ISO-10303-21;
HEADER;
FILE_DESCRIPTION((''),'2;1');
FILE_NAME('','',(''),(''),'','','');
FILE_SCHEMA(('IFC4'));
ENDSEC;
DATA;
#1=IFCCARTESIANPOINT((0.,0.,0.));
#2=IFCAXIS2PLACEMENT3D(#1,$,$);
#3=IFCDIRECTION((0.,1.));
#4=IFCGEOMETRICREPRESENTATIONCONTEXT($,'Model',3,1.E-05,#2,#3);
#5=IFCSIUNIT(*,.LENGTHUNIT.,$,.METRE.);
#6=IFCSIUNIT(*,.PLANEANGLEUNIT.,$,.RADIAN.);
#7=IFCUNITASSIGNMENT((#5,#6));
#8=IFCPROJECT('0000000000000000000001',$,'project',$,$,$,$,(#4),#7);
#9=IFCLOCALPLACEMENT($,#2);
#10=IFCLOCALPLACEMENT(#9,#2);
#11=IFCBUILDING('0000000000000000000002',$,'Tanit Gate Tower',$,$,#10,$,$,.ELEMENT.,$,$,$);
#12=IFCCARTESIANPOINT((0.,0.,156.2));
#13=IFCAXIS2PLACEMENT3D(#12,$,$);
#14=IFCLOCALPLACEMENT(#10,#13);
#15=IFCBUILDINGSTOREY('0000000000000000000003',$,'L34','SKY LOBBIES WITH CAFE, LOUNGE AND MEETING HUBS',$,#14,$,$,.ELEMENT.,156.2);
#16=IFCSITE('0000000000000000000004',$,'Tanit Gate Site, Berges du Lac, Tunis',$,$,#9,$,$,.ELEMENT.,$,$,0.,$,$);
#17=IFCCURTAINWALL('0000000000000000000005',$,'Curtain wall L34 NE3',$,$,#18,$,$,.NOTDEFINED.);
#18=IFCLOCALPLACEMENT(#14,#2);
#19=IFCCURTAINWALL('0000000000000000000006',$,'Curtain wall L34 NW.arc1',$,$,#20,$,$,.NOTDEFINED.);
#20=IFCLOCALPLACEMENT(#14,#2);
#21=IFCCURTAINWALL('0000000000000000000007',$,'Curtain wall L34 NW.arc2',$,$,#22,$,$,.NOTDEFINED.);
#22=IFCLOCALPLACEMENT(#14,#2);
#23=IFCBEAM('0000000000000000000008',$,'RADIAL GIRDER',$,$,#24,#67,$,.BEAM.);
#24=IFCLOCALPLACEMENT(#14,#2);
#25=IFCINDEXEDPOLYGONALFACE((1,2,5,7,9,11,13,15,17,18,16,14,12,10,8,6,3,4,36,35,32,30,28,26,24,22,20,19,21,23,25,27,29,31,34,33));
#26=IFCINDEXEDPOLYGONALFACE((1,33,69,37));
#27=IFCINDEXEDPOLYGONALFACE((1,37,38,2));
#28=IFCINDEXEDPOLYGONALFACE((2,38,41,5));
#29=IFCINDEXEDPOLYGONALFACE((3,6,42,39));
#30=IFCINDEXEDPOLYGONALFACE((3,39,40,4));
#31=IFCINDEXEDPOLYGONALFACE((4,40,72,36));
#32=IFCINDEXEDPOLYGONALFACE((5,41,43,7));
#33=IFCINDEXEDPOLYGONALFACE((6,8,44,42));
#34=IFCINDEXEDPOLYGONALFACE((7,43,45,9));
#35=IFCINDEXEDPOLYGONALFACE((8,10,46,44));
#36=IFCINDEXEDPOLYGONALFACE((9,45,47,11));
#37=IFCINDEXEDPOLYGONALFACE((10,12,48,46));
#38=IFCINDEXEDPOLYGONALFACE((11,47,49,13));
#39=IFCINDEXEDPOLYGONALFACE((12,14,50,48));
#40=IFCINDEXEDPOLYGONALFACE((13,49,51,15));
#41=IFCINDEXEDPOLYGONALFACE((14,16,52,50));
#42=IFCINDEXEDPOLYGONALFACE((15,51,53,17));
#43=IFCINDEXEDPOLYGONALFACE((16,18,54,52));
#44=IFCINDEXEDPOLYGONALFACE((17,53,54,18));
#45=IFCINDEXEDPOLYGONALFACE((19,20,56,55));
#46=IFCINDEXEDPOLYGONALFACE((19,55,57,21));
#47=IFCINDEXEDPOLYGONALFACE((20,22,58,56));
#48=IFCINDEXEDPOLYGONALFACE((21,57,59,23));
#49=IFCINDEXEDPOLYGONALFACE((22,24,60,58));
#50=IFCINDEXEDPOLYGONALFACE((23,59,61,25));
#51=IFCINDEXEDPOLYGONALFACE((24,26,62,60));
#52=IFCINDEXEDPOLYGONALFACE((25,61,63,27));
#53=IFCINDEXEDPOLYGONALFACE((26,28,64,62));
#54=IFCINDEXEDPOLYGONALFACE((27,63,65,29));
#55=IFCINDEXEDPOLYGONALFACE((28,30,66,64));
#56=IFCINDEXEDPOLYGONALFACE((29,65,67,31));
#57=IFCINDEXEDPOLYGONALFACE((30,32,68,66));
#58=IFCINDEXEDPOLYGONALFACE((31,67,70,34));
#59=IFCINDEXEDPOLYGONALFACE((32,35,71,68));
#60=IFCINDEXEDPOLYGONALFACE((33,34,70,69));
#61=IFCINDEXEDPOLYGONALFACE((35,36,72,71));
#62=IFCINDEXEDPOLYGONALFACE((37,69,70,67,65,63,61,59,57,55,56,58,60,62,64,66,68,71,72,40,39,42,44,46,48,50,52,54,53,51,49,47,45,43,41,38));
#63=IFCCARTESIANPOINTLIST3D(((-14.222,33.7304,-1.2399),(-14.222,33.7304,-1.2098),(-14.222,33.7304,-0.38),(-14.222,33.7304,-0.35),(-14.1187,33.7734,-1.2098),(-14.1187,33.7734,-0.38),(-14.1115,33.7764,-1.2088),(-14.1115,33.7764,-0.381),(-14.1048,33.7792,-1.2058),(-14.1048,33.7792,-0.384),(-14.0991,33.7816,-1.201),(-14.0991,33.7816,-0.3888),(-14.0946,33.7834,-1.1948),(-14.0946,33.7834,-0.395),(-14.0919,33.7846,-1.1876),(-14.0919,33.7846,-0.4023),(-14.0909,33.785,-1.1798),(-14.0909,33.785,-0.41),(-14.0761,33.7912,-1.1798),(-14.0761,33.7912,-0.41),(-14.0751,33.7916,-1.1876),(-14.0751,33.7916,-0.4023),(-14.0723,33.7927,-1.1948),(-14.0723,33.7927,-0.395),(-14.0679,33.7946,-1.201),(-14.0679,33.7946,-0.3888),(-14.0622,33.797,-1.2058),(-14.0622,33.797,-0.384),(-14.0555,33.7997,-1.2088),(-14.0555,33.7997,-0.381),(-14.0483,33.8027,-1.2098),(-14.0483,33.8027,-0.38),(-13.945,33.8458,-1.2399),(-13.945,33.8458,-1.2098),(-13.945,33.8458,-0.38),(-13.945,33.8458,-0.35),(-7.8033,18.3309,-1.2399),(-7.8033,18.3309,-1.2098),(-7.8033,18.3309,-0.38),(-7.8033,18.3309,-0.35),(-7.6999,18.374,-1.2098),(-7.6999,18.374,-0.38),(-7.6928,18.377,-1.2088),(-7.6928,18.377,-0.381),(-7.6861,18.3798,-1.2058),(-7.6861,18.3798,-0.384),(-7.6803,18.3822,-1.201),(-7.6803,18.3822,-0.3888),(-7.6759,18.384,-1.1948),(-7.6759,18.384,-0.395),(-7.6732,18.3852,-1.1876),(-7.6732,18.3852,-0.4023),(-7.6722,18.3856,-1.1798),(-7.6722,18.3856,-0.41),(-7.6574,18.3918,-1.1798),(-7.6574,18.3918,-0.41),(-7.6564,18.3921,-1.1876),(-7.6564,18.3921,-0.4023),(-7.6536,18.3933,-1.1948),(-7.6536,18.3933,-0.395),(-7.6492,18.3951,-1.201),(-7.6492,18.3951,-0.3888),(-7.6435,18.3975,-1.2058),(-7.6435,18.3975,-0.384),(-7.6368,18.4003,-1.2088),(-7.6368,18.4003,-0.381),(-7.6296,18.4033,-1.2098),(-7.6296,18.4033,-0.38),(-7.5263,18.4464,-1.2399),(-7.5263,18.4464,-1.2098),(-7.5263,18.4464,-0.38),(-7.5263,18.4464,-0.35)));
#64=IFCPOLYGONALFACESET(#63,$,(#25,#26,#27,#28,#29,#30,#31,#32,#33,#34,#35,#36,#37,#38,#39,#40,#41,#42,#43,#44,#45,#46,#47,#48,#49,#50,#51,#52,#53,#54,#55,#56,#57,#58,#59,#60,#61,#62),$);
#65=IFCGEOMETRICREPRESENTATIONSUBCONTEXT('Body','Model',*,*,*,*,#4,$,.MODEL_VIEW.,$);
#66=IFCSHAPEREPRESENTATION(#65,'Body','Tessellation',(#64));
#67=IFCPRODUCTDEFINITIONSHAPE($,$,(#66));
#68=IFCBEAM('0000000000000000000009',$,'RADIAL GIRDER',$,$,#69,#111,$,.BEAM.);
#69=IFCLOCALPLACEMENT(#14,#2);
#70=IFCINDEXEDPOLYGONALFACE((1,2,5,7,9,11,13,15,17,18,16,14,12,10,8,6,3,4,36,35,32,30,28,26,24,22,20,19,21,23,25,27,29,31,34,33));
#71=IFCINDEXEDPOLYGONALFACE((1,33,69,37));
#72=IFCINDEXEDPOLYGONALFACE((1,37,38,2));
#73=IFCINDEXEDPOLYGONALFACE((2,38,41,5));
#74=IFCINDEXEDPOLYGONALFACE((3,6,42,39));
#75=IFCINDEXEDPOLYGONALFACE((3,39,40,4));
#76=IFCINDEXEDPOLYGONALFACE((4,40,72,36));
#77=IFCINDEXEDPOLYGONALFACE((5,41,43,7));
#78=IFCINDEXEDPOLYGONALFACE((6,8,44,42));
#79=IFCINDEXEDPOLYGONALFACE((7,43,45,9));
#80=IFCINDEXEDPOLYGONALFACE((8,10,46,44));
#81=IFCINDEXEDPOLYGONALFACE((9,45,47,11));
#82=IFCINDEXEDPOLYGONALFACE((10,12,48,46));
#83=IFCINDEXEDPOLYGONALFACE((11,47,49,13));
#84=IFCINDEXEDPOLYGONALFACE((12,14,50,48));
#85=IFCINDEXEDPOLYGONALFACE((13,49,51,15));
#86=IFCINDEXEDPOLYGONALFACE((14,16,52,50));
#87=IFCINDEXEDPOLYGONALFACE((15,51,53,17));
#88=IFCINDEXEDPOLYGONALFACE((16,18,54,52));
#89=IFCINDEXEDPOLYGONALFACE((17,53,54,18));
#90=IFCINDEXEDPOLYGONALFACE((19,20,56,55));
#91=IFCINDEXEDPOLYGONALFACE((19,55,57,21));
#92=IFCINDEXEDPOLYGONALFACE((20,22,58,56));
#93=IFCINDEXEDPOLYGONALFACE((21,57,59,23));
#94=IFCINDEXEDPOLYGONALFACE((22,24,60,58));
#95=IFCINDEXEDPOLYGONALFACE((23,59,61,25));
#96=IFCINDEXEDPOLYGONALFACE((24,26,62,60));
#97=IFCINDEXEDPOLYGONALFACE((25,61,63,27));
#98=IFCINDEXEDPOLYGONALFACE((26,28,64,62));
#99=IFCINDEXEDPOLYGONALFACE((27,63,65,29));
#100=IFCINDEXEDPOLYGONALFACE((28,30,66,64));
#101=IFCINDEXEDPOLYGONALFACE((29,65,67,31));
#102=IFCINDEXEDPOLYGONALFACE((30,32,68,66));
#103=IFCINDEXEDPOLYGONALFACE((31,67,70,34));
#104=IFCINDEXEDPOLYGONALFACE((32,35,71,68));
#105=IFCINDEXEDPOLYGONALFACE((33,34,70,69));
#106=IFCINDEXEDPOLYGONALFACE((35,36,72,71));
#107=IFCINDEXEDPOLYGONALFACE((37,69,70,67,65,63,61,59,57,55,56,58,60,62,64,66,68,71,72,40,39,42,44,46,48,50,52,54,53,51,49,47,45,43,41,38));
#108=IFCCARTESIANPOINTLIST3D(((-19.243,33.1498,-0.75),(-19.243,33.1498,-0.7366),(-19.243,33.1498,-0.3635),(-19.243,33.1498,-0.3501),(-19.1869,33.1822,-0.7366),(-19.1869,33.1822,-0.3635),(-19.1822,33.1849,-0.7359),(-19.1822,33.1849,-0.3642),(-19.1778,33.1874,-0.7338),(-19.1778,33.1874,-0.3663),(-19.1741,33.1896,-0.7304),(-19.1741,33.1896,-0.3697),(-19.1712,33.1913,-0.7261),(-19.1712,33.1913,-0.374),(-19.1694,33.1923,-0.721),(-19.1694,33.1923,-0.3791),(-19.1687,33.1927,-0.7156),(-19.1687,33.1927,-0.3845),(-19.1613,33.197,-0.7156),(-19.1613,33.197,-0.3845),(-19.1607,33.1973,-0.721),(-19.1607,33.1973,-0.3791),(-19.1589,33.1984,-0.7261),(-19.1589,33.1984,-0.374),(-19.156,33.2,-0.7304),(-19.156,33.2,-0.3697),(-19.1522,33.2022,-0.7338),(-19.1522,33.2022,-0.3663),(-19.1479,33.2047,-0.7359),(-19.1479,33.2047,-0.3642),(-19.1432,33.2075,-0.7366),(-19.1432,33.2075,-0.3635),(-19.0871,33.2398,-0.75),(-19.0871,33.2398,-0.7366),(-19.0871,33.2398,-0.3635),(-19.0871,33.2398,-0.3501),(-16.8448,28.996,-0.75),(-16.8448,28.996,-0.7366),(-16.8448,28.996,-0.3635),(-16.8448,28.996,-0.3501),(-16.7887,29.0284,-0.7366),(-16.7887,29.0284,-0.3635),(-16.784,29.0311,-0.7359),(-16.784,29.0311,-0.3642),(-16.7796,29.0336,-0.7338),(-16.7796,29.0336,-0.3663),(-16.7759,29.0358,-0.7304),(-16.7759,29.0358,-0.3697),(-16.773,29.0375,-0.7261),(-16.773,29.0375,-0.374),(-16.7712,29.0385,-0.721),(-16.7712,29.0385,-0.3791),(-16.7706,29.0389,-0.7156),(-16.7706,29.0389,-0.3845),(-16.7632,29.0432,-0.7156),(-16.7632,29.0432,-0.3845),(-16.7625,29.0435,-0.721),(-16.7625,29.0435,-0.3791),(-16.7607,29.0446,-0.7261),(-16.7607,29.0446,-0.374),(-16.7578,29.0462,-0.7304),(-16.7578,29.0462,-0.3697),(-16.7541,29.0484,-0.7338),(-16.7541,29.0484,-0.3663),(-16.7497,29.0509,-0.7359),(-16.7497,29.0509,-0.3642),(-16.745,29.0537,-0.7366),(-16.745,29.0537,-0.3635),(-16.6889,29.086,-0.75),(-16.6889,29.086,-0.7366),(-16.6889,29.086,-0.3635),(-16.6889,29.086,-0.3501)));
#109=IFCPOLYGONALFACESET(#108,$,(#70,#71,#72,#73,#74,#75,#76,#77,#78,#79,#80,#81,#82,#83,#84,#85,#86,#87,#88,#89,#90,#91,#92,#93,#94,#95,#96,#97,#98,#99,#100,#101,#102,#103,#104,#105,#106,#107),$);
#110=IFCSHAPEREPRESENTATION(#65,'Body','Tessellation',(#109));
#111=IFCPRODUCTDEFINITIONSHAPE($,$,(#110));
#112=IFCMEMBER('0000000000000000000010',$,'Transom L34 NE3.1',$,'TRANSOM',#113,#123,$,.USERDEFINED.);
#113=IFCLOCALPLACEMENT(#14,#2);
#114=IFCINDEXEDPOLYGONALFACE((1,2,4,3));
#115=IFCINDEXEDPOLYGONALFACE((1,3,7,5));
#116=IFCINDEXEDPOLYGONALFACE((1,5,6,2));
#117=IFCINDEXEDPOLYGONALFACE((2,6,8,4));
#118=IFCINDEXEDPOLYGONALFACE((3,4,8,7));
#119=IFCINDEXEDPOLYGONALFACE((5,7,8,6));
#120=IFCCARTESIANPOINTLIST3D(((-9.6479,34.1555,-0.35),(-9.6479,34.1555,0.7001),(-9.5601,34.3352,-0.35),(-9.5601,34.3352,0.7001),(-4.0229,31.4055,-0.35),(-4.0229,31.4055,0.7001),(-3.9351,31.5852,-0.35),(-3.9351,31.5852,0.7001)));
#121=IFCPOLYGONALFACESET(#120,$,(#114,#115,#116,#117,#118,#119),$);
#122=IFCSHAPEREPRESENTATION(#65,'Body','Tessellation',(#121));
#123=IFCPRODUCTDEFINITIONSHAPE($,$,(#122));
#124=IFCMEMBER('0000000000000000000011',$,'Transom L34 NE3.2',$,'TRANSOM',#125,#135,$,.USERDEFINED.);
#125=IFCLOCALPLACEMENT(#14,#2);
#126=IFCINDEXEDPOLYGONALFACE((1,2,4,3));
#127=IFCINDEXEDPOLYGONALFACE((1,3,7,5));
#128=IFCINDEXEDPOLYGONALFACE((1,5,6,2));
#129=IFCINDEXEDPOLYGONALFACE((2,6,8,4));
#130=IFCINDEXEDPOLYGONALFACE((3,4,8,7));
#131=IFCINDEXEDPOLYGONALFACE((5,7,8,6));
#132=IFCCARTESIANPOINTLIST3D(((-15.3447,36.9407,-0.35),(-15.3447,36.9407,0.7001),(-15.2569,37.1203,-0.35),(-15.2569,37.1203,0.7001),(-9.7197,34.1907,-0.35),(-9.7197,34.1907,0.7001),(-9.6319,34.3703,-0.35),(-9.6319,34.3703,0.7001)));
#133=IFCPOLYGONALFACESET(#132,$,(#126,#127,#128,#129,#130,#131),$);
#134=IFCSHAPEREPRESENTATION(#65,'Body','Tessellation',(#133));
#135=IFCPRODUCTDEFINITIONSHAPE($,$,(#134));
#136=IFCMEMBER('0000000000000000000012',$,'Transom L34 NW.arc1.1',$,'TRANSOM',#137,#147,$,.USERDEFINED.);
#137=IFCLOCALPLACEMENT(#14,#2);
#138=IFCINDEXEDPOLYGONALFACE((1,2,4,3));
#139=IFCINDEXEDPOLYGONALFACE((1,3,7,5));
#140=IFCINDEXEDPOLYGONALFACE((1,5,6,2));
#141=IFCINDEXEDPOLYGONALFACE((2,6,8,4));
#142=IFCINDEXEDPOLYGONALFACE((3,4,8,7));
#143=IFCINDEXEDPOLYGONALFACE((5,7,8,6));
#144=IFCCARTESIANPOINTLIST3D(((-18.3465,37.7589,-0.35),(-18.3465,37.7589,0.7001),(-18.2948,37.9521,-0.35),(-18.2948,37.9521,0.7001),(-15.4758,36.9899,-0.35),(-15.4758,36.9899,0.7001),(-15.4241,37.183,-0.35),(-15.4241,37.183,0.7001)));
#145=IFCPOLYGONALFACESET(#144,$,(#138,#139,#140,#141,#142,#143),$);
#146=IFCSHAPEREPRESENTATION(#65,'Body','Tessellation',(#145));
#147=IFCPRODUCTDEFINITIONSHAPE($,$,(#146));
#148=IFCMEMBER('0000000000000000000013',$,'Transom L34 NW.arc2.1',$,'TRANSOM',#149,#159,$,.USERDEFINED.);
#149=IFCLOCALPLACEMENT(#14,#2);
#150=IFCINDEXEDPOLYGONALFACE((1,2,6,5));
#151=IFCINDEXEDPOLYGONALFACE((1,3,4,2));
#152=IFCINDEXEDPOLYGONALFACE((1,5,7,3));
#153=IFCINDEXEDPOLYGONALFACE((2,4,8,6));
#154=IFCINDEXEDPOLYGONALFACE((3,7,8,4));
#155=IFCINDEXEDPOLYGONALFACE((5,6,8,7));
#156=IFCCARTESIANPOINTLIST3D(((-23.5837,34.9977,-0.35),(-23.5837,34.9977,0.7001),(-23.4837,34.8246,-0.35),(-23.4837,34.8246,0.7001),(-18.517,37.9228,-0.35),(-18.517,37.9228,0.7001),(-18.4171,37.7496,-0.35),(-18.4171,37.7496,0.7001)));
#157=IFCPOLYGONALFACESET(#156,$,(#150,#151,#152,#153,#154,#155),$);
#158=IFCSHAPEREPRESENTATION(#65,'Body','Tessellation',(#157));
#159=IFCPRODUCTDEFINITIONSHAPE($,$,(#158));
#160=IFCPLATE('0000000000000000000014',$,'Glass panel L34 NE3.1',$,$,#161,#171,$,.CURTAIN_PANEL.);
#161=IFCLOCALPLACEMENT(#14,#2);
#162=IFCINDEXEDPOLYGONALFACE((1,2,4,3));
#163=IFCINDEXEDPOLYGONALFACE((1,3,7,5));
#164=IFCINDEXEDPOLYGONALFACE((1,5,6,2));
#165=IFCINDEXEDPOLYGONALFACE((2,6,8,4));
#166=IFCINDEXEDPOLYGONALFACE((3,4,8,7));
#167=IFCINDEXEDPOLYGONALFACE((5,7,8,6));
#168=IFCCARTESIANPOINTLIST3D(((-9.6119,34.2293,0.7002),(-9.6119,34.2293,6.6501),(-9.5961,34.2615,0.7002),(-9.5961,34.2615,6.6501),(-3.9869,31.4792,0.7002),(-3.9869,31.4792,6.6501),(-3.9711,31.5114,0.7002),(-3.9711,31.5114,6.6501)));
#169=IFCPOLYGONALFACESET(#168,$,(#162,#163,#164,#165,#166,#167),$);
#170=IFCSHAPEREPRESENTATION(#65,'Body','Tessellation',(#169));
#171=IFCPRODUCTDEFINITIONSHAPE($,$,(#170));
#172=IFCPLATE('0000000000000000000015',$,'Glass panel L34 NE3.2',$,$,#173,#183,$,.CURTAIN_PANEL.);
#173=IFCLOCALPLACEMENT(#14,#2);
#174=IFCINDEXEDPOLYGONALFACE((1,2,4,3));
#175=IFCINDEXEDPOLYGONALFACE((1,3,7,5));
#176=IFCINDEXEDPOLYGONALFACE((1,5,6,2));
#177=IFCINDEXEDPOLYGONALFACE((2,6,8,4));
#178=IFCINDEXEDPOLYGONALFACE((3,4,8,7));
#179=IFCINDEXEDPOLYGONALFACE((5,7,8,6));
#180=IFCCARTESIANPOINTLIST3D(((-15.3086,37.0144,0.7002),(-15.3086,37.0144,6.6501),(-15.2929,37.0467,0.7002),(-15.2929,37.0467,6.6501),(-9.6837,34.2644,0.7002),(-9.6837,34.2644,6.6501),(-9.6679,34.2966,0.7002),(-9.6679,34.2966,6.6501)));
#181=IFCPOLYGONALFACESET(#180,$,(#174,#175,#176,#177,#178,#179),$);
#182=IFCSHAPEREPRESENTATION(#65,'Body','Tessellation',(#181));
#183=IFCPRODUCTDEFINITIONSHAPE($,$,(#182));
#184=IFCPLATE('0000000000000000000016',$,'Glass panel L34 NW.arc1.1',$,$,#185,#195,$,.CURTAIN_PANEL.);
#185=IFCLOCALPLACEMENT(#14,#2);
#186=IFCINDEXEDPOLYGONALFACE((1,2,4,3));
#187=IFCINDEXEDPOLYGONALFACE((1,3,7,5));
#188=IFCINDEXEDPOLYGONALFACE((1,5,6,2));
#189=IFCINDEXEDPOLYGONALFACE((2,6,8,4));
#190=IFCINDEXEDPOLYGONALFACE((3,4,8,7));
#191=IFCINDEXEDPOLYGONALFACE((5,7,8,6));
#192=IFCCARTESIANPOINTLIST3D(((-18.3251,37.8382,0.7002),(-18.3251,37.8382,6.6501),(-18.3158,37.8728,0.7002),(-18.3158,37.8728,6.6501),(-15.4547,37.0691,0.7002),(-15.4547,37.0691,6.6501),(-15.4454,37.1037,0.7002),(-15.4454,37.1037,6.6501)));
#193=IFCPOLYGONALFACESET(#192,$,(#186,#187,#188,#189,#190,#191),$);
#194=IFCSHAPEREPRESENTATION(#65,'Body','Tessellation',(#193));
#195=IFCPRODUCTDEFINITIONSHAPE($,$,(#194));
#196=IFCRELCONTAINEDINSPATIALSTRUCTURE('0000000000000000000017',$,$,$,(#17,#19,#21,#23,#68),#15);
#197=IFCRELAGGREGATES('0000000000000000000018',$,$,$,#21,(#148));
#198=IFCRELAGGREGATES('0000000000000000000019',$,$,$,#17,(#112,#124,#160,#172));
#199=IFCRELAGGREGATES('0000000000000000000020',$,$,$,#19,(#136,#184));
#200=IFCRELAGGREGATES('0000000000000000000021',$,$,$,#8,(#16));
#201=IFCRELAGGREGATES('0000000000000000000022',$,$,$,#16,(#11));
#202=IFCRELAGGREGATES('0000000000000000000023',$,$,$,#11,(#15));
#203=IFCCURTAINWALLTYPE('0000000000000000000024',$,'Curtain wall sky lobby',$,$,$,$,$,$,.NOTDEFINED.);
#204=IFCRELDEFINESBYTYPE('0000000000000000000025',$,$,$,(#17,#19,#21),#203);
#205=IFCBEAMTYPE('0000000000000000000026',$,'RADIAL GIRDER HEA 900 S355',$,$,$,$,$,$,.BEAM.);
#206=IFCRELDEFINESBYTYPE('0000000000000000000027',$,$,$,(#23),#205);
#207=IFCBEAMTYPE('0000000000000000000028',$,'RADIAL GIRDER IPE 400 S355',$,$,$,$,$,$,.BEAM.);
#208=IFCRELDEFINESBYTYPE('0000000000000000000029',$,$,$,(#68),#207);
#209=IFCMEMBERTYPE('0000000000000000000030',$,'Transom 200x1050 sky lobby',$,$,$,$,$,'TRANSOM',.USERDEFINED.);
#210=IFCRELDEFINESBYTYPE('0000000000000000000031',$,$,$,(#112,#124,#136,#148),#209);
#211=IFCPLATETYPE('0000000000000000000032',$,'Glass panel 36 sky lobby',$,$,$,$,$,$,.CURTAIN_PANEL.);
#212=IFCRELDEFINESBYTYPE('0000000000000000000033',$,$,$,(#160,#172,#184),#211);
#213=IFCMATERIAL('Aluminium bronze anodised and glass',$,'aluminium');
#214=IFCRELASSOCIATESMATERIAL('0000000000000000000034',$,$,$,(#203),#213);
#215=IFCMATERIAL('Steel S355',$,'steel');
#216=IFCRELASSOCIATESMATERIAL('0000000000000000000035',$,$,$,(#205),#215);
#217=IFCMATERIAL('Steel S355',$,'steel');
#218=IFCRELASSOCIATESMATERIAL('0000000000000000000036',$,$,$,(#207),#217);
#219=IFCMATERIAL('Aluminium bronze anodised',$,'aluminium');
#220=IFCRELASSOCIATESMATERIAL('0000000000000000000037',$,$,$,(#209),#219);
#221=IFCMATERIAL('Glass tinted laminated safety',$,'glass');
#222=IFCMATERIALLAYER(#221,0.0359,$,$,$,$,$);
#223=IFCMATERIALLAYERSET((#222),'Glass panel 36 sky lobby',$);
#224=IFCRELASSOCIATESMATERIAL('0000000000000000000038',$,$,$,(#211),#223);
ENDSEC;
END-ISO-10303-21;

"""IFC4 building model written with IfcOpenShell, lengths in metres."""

from ifc_helpers import new_model, si_unit, direction, frame, origin, origin_2d, place, context, subcontext, project, spatial, rectangle, i_section, extrude, material, layer, layer_set, material_profile, profile_set, type_object, element, aggregate, save


model = new_model("IFC4")

# Units and contexts
model_context = context("Model", 3, precision=1e-05, world=origin(), true_north=direction((0.0, 1.0)))
body_context = subcontext(model_context, "Body", "Model", "MODEL_VIEW")
ifc_project = project(units=[si_unit("LENGTHUNIT", "METRE"), si_unit("PLANEANGLEUNIT", "RADIAN")], contexts=[model_context])

# Site, building, storey
site_placement = place(None, origin())
site = spatial("IfcSite", under=ifc_project, at=site_placement, Name="Tanit Gate Site, Berges du Lac, Tunis", CompositionType="ELEMENT", RefElevation=0.0)
building_placement = place(site_placement, origin())
building = spatial("IfcBuilding", under=site, at=building_placement, Name="Tanit Gate Tower", CompositionType="ELEMENT")
storey_placement = place(building_placement, frame((0.0, 0.0, 156.2)))
storey = spatial("IfcBuildingStorey", under=building, at=storey_placement, Name="L34", Description="SKY LOBBIES WITH CAFE, LOUNGE AND MEETING HUBS", CompositionType="ELEMENT", Elevation=156.2)

# Shared definitions
ifc_material_1 = material(Name="Aluminium bronze anodised and glass", Category="aluminium")
curtain_wall_type = type_object("IfcCurtainWallType", Name="Curtain wall sky lobby", PredefinedType="NOTDEFINED", material=ifc_material_1)

# Curtain walls
curtain_wall_1_placement = place(storey_placement, origin())
curtain_wall_1 = element("IfcCurtainWall", 1, at=curtain_wall_1_placement, inside=storey, type_object=curtain_wall_type, Name="Curtain wall L34 NE3", PredefinedType="NOTDEFINED")
curtain_wall_2_placement = place(storey_placement, origin())
curtain_wall_2 = element("IfcCurtainWall", 2, at=curtain_wall_2_placement, inside=storey, type_object=curtain_wall_type, Name="Curtain wall L34 NW.arc1", PredefinedType="NOTDEFINED")

# Curtain wall
curtain_wall_3_placement = place(storey_placement, origin())
curtain_wall_3 = element("IfcCurtainWall", 3, at=curtain_wall_3_placement, inside=storey, type_object=curtain_wall_type, Name="Curtain wall L34 NW.arc2", PredefinedType="NOTDEFINED")

# Beams
ifc_material_2 = material(Name="Steel S355", Category="steel")
ifc_material_profile_1 = material_profile(ifc_material_2, i_section(OverallWidth=0.3, OverallDepth=0.8899, WebThickness=0.0161, FlangeThickness=0.03, FilletRadius=0.03, at=origin_2d()), Name="HEA 900")
ifc_profile_set_1 = profile_set([ifc_material_profile_1], Name="Steel S355")
beam_type_1 = type_object("IfcBeamType", Name="RADIAL GIRDER HEA 900 S355", PredefinedType="BEAM", material=ifc_profile_set_1)
beam_1_placement = place(storey_placement, frame((-14.0835, 33.7881, -0.7949), z_axis=(0.384732, -0.923028, 0.0), x_axis=(0.923028, 0.384732, 0.0)))
element("IfcBeam", 4, at=beam_1_placement, inside=storey, type_object=beam_type_1, Name="RADIAL GIRDER", PredefinedType="BEAM", context=body_context, shape_type="SweptSolid", body=[
    extrude(i_section(OverallWidth=0.3, OverallDepth=0.8899, WebThickness=0.0161, FlangeThickness=0.03, FilletRadius=0.03, at=origin_2d()), origin(), (0.0, 0.0, 1.0), 16.6836),
])
ifc_material_3 = material(Name="Steel S355", Category="steel")
ifc_material_profile_2 = material_profile(ifc_material_3, i_section(OverallWidth=0.1799, OverallDepth=0.3999, WebThickness=0.0085, FlangeThickness=0.0134, FilletRadius=0.021, at=origin_2d()), Name="IPE 400")
ifc_profile_set_2 = profile_set([ifc_material_profile_2], Name="Steel S355")
beam_type_2 = type_object("IfcBeamType", Name="RADIAL GIRDER IPE 400 S355", PredefinedType="BEAM", material=ifc_profile_set_2)
beam_2_placement = place(storey_placement, frame((-19.165, 33.1948, -0.55), z_axis=(0.499999, -0.866026, 0.0), x_axis=(0.866026, 0.499999, 0.0)))
element("IfcBeam", 5, at=beam_2_placement, inside=storey, type_object=beam_type_2, Name="RADIAL GIRDER", PredefinedType="BEAM", context=body_context, shape_type="SweptSolid", body=[
    extrude(i_section(OverallWidth=0.1799, OverallDepth=0.3999, WebThickness=0.0085, FlangeThickness=0.0134, FilletRadius=0.021, at=origin_2d()), origin(), (0.0, 0.0, 1.0), 4.7964),
])

# Members
ifc_material_4 = material(Name="Aluminium bronze anodised", Category="aluminium")
ifc_material_profile_3 = material_profile(ifc_material_4, rectangle(XDim=0.2, YDim=1.05, at=origin_2d()), Name="200x1050 bronze transom")
ifc_profile_set_3 = profile_set([ifc_material_profile_3], Name="Aluminium bronze anodised")
member_type_1 = type_object("IfcMemberType", Name="Transom 200x1050 sky lobby", ElementType="TRANSOM", PredefinedType="USERDEFINED", material=ifc_profile_set_3)
member_1_placement = place(storey_placement, frame((-3.979, 31.4954, 0.175), z_axis=(-0.898384, 0.43921, 0.0), x_axis=(-0.43921, -0.898384, 0.0)))
member_1 = element("IfcMember", 6, at=member_1_placement, type_object=member_type_1, Name="Transom L34 NE3.1", ObjectType="TRANSOM", PredefinedType="USERDEFINED", context=body_context, shape_type="SweptSolid", body=[
    extrude(rectangle(XDim=0.2, YDim=1.05, at=origin_2d()), origin(), (0.0, 0.0, 1.0), 6.2612),
])
member_2_placement = place(storey_placement, frame((-9.6758, 34.2805, 0.175), z_axis=(-0.898384, 0.43921, 0.0), x_axis=(-0.43921, -0.898384, 0.0)))
member_2 = element("IfcMember", 7, at=member_2_placement, type_object=member_type_1, Name="Transom L34 NE3.2", ObjectType="TRANSOM", PredefinedType="USERDEFINED", context=body_context, shape_type="SweptSolid", body=[
    extrude(rectangle(XDim=0.2, YDim=1.05, at=origin_2d()), origin(), (0.0, 0.0, 1.0), 6.2612),
])
member_3_placement = place(storey_placement, frame((-15.45, 37.0864, 0.175), z_axis=(-0.965937, 0.258777, 0.0), x_axis=(-0.258777, -0.965937, 0.0)))
member_3 = element("IfcMember", 8, at=member_3_placement, type_object=member_type_1, Name="Transom L34 NW.arc1.1", ObjectType="TRANSOM", PredefinedType="USERDEFINED", context=body_context, shape_type="SweptSolid", body=[
    extrude(rectangle(XDim=0.2, YDim=1.05, at=origin_2d()), origin(), (0.0, 0.0, 1.0), 2.9719),
])
member_4_placement = place(storey_placement, frame((-18.467, 37.8362, 0.175), z_axis=(-0.866039, -0.499977, 0.0), x_axis=(0.499977, -0.866039, 0.0)))
member_4 = element("IfcMember", 9, at=member_4_placement, type_object=member_type_1, Name="Transom L34 NW.arc2.1", ObjectType="TRANSOM", PredefinedType="USERDEFINED", context=body_context, shape_type="SweptSolid", body=[
    extrude(rectangle(XDim=0.2, YDim=1.05, at=origin_2d()), origin(), (0.0, 0.0, 1.0), 5.8503),
])
aggregate(curtain_wall_3, [member_4])

# Plates
ifc_material_5 = material(Name="Glass tinted laminated safety", Category="glass")
ifc_layer_1 = layer(ifc_material_5, 0.0359)
ifc_layer_set_1 = layer_set([ifc_layer_1], Name="Glass panel 36 sky lobby")
plate_type = type_object("IfcPlateType", Name="Glass panel 36 sky lobby", PredefinedType="CURTAIN_PANEL", material=ifc_layer_set_1)
plate_1_placement = place(storey_placement, frame((-6.7915, 32.8704, 0.7002), z_axis=(0.0, 0.0, 1.0), x_axis=(-0.898379, 0.439222, 0.0)))
plate_1 = element("IfcPlate", 10, at=plate_1_placement, type_object=plate_type, Name="Glass panel L34 NE3.1", PredefinedType="CURTAIN_PANEL", context=body_context, shape_type="SweptSolid", body=[
    extrude(rectangle(XDim=6.2612, YDim=0.0359, at=origin_2d()), origin(), (0.0, 0.0, 1.0), 5.95),
])
plate_2_placement = place(storey_placement, frame((-12.4883, 35.6555, 0.7002), z_axis=(0.0, 0.0, 1.0), x_axis=(-0.898379, 0.439222, 0.0)))
plate_2 = element("IfcPlate", 11, at=plate_2_placement, type_object=plate_type, Name="Glass panel L34 NE3.2", PredefinedType="CURTAIN_PANEL", context=body_context, shape_type="SweptSolid", body=[
    extrude(rectangle(XDim=6.2612, YDim=0.0359, at=origin_2d()), origin(), (0.0, 0.0, 1.0), 5.95),
])
aggregate(curtain_wall_1, [member_1, member_2, plate_1, plate_2])
plate_3_placement = place(storey_placement, frame((-16.8853, 37.4709, 0.7002), z_axis=(0.0, 0.0, 1.0), x_axis=(-0.965926, 0.258819, 0.0)))
plate_3 = element("IfcPlate", 12, at=plate_3_placement, type_object=plate_type, Name="Glass panel L34 NW.arc1.1", PredefinedType="CURTAIN_PANEL", context=body_context, shape_type="SweptSolid", body=[
    extrude(rectangle(XDim=2.9717, YDim=0.0359, at=origin_2d()), origin(), (0.0, 0.0, 1.0), 5.95),
])
aggregate(curtain_wall_2, [member_3, plate_3])

save(model, "model.ifc")
